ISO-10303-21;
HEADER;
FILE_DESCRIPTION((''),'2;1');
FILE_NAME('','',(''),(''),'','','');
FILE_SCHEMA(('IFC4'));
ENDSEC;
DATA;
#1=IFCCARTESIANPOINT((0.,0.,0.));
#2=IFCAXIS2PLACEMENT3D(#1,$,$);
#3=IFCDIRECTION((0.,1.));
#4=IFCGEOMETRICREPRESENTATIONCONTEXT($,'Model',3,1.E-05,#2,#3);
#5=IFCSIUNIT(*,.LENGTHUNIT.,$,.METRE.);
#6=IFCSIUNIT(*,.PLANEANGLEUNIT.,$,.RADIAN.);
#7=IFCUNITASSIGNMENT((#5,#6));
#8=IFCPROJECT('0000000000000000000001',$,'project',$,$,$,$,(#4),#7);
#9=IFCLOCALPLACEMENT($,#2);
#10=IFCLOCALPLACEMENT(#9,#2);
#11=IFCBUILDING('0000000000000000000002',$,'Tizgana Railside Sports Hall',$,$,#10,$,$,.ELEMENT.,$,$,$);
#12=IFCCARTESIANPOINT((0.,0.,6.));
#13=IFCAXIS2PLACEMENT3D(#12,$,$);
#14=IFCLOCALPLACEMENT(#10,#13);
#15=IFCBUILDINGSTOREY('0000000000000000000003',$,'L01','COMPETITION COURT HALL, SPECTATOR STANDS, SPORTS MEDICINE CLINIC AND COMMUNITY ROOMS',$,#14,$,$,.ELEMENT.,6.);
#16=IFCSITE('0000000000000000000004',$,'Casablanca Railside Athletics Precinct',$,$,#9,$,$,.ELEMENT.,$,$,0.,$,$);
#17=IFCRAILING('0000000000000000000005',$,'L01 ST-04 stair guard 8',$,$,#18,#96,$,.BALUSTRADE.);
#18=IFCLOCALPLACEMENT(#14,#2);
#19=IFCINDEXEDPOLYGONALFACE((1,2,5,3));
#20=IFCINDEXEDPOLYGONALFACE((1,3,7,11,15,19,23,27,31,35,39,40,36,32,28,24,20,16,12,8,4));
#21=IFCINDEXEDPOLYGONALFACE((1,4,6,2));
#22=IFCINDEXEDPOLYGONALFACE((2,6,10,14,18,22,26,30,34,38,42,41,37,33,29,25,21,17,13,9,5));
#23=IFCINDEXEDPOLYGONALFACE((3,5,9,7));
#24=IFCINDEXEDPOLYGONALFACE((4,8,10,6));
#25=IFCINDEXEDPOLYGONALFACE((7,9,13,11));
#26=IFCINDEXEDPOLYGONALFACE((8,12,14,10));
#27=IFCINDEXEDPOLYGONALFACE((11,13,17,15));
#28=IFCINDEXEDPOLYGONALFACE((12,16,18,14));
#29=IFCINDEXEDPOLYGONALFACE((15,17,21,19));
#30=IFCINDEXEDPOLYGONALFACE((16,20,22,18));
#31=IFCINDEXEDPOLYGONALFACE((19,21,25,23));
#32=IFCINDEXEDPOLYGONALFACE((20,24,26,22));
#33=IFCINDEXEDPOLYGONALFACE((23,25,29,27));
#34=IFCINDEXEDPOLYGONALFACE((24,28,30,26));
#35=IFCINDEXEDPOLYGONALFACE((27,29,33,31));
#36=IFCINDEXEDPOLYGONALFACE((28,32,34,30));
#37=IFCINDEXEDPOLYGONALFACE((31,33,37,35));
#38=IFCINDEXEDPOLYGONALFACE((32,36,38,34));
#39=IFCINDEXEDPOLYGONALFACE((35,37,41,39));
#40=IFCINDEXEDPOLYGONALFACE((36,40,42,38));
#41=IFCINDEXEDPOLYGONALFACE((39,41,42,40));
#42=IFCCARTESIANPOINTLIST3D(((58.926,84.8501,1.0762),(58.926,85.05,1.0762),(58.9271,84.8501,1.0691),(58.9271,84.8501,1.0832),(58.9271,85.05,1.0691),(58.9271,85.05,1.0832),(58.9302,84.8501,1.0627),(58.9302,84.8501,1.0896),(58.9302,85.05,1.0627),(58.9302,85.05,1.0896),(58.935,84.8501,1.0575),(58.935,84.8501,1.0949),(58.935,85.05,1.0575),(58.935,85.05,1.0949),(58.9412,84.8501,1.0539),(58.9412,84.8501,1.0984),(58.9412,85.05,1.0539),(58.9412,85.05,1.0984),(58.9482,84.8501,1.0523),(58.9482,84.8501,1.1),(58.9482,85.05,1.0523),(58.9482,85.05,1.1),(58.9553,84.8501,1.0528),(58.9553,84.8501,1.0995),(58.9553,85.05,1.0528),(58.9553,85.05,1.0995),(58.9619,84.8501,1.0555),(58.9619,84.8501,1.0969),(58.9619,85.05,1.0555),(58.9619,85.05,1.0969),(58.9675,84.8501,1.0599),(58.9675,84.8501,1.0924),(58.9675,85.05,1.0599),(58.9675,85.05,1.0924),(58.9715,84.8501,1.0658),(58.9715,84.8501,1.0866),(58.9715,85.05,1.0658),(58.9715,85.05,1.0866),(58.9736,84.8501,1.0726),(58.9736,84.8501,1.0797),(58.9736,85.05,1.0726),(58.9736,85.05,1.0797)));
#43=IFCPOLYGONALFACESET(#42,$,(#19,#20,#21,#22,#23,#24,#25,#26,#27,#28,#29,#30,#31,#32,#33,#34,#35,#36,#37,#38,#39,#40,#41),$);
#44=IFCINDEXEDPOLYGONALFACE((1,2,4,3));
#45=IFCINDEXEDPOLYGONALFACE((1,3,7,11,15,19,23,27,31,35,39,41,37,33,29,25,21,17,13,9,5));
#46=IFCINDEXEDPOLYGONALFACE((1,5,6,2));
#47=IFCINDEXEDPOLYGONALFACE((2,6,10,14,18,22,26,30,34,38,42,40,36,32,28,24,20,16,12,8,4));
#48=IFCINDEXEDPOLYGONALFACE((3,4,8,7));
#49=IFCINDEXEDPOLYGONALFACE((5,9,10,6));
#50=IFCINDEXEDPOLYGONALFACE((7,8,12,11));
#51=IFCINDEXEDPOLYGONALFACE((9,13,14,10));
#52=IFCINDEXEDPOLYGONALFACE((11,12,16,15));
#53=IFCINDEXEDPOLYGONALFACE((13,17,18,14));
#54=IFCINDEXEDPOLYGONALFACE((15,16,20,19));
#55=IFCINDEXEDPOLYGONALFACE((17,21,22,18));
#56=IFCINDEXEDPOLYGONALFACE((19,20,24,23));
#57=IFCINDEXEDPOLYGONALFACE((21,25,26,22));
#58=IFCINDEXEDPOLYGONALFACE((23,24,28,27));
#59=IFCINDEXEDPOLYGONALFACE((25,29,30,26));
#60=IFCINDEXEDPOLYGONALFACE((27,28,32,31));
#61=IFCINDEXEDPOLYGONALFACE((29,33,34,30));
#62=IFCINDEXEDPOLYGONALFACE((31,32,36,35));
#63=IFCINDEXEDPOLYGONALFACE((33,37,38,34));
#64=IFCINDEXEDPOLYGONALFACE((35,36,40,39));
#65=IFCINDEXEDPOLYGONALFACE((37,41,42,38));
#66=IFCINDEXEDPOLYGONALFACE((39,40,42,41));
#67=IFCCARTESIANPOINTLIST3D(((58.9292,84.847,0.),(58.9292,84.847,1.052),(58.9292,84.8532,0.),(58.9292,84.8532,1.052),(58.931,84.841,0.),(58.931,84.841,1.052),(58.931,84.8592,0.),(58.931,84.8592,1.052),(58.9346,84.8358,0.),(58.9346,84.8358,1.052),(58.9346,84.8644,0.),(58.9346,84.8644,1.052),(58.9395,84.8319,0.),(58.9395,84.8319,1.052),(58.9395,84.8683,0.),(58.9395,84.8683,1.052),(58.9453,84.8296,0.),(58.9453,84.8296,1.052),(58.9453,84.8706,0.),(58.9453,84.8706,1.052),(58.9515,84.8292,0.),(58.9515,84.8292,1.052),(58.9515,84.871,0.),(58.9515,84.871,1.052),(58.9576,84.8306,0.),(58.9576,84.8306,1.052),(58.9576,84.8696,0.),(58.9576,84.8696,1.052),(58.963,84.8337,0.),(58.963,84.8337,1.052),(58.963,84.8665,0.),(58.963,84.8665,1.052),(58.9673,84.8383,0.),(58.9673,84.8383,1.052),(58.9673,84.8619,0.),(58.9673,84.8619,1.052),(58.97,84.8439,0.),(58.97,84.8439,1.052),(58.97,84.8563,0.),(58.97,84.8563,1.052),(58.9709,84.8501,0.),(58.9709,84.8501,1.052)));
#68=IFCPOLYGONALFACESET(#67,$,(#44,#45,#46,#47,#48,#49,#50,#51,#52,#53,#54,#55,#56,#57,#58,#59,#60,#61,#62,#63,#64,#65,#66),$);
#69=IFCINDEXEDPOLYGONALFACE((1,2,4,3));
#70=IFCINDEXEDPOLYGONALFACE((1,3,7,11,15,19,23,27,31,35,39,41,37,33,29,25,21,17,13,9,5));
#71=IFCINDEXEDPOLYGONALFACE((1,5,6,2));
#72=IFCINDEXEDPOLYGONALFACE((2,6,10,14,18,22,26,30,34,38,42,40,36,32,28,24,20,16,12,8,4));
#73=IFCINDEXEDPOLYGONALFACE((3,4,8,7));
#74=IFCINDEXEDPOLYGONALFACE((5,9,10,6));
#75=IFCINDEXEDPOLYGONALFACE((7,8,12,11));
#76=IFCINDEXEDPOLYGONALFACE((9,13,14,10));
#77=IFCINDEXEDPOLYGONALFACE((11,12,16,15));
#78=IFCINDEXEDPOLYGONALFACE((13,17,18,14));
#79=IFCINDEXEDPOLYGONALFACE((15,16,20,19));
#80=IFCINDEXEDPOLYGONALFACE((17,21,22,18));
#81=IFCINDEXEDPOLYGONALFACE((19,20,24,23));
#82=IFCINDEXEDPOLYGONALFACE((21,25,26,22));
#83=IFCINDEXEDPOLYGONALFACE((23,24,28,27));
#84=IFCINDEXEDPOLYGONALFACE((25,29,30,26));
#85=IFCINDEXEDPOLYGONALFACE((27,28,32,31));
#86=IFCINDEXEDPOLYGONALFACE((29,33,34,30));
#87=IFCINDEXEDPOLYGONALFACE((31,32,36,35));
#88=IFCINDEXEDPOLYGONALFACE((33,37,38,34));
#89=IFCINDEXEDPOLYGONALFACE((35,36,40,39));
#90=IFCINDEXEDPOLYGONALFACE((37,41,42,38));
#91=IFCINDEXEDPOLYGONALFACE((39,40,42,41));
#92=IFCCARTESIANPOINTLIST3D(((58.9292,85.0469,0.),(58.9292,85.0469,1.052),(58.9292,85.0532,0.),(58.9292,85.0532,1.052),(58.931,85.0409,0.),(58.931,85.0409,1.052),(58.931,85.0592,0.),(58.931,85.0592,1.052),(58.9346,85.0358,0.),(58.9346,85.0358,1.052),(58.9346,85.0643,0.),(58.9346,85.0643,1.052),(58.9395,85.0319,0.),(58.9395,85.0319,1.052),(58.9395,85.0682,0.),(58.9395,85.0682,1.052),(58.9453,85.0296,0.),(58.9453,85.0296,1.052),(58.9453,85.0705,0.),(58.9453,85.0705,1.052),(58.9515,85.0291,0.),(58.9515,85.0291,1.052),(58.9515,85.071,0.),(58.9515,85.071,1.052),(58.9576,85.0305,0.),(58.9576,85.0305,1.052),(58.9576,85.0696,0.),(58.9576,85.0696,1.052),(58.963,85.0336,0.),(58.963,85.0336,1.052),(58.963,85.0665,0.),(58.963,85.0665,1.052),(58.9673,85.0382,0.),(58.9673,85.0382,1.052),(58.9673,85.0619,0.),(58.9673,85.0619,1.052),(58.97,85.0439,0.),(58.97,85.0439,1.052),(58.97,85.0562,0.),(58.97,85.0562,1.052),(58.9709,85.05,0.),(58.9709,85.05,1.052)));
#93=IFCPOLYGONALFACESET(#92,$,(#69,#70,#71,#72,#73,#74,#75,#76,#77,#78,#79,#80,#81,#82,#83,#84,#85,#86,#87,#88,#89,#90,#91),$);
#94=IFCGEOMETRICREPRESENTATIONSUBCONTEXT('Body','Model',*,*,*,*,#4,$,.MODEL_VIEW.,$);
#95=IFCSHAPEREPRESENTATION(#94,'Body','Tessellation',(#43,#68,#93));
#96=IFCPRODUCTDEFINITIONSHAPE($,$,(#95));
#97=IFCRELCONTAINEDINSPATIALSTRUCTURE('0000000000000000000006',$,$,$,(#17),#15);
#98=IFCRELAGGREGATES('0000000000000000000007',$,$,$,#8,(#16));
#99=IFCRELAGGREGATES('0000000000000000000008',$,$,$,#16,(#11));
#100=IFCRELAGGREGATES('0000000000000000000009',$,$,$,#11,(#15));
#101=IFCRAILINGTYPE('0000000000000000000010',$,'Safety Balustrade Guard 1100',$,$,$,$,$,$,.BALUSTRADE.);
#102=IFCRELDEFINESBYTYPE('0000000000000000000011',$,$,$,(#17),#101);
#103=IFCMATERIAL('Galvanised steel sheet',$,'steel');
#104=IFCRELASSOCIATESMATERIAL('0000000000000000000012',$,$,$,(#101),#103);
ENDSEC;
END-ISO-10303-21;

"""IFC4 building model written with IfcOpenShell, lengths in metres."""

from ifc_helpers import new_model, si_unit, direction, frame, origin, origin_2d, place, context, subcontext, project, spatial, circle, extrude, material, type_object, element, save


model = new_model("IFC4")

# Units and contexts
model_context = context("Model", 3, precision=1e-05, world=origin(), true_north=direction((0.0, 1.0)))
body_context = subcontext(model_context, "Body", "Model", "MODEL_VIEW")
ifc_project = project(units=[si_unit("LENGTHUNIT", "METRE"), si_unit("PLANEANGLEUNIT", "RADIAN")], contexts=[model_context])

# Site, building, storey
site_placement = place(None, origin())
site = spatial("IfcSite", under=ifc_project, at=site_placement, Name="Casablanca Railside Athletics Precinct", CompositionType="ELEMENT", RefElevation=0.0)
building_placement = place(site_placement, origin())
building = spatial("IfcBuilding", under=site, at=building_placement, Name="Tizgana Railside Sports Hall", CompositionType="ELEMENT")
storey_placement = place(building_placement, frame((0.0, 0.0, 6.0)))
storey = spatial("IfcBuildingStorey", under=building, at=storey_placement, Name="L01", Description="COMPETITION COURT HALL, SPECTATOR STANDS, SPORTS MEDICINE CLINIC AND COMMUNITY ROOMS", CompositionType="ELEMENT", Elevation=6.0)

# Railing
ifc_material_1 = material(Name="Galvanised steel sheet", Category="steel")
railing_type_1 = type_object("IfcRailingType", Name="Safety Balustrade Guard 1100", PredefinedType="BALUSTRADE", material=ifc_material_1)
railing_1_placement = place(storey_placement, frame((58.95, 84.8501, 0.0)))
element("IfcRailing", 1, at=railing_1_placement, inside=storey, type_object=railing_type_1, Name="L01 ST-04 stair guard 8", PredefinedType="BALUSTRADE", context=body_context, shape_type="SweptSolid", body=[
    extrude(circle(Radius=0.0239, at=origin_2d()), frame((0.0, 0.0, 1.0762), z_axis=(0.0, 1.0, 0.0), x_axis=(-1.0, 0.0, 0.0)), (0.0, 0.0, 1.0), 0.2),
    extrude(circle(Radius=0.021, at=origin_2d()), origin(), (0.0, 0.0, 1.0), 1.052),
    extrude(circle(Radius=0.021, at=origin_2d()), frame((0.0, 0.2, 0.0)), (0.0, 0.0, 1.0), 1.052),
])

save(model, "model.ifc")
